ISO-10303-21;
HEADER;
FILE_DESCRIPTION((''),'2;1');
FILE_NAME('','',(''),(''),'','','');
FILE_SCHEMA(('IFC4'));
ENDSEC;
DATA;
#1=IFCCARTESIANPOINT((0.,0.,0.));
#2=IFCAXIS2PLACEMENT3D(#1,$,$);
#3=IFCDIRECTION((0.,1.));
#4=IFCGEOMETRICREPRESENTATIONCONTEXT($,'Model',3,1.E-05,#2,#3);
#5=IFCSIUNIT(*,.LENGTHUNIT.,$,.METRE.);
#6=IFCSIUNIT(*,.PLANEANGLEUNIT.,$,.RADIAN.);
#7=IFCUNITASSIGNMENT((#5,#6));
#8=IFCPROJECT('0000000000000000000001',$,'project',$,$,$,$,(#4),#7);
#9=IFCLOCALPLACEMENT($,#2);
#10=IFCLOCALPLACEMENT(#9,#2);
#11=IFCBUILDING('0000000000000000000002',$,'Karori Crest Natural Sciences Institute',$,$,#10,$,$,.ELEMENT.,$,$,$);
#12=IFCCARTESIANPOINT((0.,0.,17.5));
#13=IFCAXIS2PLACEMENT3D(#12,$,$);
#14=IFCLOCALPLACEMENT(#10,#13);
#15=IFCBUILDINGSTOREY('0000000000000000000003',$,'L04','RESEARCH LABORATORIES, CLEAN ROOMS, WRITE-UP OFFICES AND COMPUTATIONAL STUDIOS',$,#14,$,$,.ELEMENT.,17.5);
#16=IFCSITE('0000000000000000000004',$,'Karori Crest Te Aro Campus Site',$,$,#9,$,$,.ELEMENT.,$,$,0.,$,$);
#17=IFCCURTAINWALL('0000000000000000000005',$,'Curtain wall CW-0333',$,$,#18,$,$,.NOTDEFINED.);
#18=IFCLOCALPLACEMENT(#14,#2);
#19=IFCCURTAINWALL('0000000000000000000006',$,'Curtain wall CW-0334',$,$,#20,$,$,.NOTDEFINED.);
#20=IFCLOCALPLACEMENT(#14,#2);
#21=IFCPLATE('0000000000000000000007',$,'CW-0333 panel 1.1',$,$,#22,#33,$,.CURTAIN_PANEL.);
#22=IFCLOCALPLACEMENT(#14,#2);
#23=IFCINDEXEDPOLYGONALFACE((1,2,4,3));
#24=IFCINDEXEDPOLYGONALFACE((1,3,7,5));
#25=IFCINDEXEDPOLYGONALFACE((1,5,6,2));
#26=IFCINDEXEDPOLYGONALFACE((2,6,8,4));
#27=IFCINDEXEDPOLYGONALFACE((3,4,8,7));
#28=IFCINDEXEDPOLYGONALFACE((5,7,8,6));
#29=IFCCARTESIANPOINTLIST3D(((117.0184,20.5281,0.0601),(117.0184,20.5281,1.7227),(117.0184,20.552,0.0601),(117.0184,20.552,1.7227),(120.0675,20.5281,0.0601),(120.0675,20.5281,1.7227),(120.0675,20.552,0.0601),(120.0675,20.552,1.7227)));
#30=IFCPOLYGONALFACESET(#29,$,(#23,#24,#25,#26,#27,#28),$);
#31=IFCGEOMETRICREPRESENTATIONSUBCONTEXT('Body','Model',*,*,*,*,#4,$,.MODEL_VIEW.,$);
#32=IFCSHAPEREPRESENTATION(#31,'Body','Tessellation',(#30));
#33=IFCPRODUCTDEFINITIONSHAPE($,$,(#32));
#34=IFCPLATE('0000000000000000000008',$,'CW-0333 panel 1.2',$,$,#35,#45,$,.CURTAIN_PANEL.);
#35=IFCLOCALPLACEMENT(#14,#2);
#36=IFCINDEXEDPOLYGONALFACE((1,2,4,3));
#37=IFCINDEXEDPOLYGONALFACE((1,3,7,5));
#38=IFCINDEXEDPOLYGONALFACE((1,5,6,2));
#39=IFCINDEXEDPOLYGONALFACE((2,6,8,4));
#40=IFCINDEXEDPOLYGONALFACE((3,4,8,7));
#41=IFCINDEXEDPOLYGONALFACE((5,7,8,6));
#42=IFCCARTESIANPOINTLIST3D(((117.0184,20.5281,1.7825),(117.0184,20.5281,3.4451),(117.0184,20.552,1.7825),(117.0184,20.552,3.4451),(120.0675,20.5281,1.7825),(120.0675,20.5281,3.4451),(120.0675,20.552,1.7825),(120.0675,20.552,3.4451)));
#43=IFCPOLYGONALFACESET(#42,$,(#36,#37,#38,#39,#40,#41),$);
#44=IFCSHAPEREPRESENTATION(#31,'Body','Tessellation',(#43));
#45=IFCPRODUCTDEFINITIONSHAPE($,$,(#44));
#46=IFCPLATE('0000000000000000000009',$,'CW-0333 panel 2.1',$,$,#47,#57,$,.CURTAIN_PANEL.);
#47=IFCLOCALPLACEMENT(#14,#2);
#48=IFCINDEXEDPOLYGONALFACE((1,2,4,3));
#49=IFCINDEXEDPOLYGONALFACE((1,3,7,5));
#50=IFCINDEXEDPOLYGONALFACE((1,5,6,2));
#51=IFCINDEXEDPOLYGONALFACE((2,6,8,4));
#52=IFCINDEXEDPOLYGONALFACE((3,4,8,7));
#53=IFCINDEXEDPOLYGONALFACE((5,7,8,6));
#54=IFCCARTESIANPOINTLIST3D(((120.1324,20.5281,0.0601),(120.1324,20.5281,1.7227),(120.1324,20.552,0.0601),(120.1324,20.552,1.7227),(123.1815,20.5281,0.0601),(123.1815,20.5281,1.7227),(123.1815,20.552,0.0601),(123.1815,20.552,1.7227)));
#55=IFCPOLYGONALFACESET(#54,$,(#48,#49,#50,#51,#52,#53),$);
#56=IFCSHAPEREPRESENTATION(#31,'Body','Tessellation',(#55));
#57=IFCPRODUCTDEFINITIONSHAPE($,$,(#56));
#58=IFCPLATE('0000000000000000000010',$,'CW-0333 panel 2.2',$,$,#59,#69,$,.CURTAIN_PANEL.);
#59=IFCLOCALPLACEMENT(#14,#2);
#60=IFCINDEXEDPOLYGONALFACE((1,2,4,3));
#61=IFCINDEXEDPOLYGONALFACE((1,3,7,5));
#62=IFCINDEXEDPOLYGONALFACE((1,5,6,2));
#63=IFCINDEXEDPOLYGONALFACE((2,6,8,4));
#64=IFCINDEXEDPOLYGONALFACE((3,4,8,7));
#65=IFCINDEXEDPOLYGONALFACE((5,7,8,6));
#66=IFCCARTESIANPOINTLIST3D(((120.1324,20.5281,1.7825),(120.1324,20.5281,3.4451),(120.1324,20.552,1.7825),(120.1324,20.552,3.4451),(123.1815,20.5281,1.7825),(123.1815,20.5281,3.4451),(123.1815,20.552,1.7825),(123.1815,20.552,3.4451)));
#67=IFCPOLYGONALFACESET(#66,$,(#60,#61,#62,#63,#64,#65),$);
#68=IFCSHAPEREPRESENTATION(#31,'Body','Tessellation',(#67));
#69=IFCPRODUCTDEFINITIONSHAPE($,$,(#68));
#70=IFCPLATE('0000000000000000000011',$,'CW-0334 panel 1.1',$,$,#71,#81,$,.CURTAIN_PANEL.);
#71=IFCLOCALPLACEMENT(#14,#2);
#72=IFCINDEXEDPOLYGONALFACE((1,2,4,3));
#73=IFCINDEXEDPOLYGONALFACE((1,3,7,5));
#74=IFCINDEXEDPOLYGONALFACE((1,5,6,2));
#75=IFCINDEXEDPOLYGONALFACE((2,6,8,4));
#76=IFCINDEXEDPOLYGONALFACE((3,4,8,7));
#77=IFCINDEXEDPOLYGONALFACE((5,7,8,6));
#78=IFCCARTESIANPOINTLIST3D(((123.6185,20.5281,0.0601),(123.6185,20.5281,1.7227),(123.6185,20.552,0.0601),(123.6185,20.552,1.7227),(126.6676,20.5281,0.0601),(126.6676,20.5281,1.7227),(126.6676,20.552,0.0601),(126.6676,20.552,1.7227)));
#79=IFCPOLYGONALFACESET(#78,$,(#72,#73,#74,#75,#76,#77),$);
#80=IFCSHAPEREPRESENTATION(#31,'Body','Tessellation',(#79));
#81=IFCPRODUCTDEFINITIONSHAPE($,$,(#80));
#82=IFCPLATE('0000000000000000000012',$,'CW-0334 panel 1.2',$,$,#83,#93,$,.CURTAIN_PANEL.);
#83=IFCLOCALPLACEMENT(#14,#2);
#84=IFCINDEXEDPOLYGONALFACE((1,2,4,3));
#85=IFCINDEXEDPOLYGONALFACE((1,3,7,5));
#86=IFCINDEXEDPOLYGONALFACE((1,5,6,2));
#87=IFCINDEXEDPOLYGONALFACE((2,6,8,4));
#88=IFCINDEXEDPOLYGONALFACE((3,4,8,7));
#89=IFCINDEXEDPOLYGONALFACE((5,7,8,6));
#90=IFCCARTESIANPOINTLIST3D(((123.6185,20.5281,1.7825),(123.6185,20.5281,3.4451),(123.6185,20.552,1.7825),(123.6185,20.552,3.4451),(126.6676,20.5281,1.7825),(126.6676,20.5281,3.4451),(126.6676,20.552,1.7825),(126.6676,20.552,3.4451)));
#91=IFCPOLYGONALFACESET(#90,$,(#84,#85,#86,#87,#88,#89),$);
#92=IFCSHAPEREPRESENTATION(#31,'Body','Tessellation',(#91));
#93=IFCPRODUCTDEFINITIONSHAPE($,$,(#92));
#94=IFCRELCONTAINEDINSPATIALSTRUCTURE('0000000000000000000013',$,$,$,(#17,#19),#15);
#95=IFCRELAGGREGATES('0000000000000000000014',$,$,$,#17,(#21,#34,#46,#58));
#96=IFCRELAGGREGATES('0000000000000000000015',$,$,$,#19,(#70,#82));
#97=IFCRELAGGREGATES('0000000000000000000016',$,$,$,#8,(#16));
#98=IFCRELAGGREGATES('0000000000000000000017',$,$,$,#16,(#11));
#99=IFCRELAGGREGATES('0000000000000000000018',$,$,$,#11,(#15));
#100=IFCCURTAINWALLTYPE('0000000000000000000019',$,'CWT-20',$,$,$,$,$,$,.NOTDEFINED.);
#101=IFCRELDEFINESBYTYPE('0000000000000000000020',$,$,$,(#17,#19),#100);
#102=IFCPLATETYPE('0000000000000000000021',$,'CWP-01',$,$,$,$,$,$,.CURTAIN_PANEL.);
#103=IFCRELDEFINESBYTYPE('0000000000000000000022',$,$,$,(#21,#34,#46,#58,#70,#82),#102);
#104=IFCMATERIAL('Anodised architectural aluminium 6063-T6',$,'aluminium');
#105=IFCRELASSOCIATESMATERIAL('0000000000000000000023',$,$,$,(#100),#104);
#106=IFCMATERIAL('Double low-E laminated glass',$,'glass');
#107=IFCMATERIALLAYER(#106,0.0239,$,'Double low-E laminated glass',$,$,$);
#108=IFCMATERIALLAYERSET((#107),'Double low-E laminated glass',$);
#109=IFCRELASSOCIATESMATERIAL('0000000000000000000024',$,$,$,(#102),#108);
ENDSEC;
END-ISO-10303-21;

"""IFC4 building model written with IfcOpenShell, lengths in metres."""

from ifc_helpers import new_model, si_unit, direction, frame, origin, origin_2d, place, context, subcontext, project, spatial, rectangle, extrude, material, layer, layer_set, type_object, element, aggregate, save


model = new_model("IFC4")

# Units and contexts
model_context = context("Model", 3, precision=1e-05, world=origin(), true_north=direction((0.0, 1.0)))
body_context = subcontext(model_context, "Body", "Model", "MODEL_VIEW")
ifc_project = project(units=[si_unit("LENGTHUNIT", "METRE"), si_unit("PLANEANGLEUNIT", "RADIAN")], contexts=[model_context])

# Site, building, storey
site_placement = place(None, origin())
site = spatial("IfcSite", under=ifc_project, at=site_placement, Name="Karori Crest Te Aro Campus Site", CompositionType="ELEMENT", RefElevation=0.0)
building_placement = place(site_placement, origin())
building = spatial("IfcBuilding", under=site, at=building_placement, Name="Karori Crest Natural Sciences Institute", CompositionType="ELEMENT")
storey_placement = place(building_placement, frame((0.0, 0.0, 17.5)))
storey = spatial("IfcBuildingStorey", under=building, at=storey_placement, Name="L04", Description="RESEARCH LABORATORIES, CLEAN ROOMS, WRITE-UP OFFICES AND COMPUTATIONAL STUDIOS", CompositionType="ELEMENT", Elevation=17.5)

# Shared definitions
ifc_material_1 = material(Name="Anodised architectural aluminium 6063-T6", Category="aluminium")
curtain_wall_type = type_object("IfcCurtainWallType", Name="CWT-20", PredefinedType="NOTDEFINED", material=ifc_material_1)

# Curtain walls
curtain_wall_1_placement = place(storey_placement, origin())
curtain_wall_1 = element("IfcCurtainWall", 1, at=curtain_wall_1_placement, inside=storey, type_object=curtain_wall_type, Name="Curtain wall CW-0333", PredefinedType="NOTDEFINED")
curtain_wall_2_placement = place(storey_placement, origin())
curtain_wall_2 = element("IfcCurtainWall", 2, at=curtain_wall_2_placement, inside=storey, type_object=curtain_wall_type, Name="Curtain wall CW-0334", PredefinedType="NOTDEFINED")

# Plates
ifc_material_2 = material(Name="Double low-E laminated glass", Category="glass")
ifc_layer = layer(ifc_material_2, 0.0239, Name="Double low-E laminated glass")
ifc_layer_set = layer_set([ifc_layer], Name="Double low-E laminated glass")
plate_type = type_object("IfcPlateType", Name="CWP-01", PredefinedType="CURTAIN_PANEL", material=ifc_layer_set)
plate_1_placement = place(storey_placement, frame((118.543, 20.54, 0.0601), z_axis=(0.0, 0.0, 1.0), x_axis=(1.0, 0.0, 0.0)))
plate_1 = element("IfcPlate", 3, at=plate_1_placement, type_object=plate_type, Name="CW-0333 panel 1.1", PredefinedType="CURTAIN_PANEL", context=body_context, shape_type="SweptSolid", body=[
    extrude(rectangle(XDim=3.0491, YDim=0.0239, at=origin_2d()), origin(), (0.0, 0.0, 1.0), 1.6626),
])
plate_2_placement = place(storey_placement, frame((118.543, 20.54, 1.7825), z_axis=(0.0, 0.0, 1.0), x_axis=(1.0, 0.0, 0.0)))
plate_2 = element("IfcPlate", 4, at=plate_2_placement, type_object=plate_type, Name="CW-0333 panel 1.2", PredefinedType="CURTAIN_PANEL", context=body_context, shape_type="SweptSolid", body=[
    extrude(rectangle(XDim=3.0491, YDim=0.0239, at=origin_2d()), origin(), (0.0, 0.0, 1.0), 1.6626),
])
plate_3_placement = place(storey_placement, frame((121.657, 20.54, 0.0601), z_axis=(0.0, 0.0, 1.0), x_axis=(1.0, 0.0, 0.0)))
plate_3 = element("IfcPlate", 5, at=plate_3_placement, type_object=plate_type, Name="CW-0333 panel 2.1", PredefinedType="CURTAIN_PANEL", context=body_context, shape_type="SweptSolid", body=[
    extrude(rectangle(XDim=3.0491, YDim=0.0239, at=origin_2d()), origin(), (0.0, 0.0, 1.0), 1.6626),
])
plate_4_placement = place(storey_placement, frame((121.657, 20.54, 1.7825), z_axis=(0.0, 0.0, 1.0), x_axis=(1.0, 0.0, 0.0)))
plate_4 = element("IfcPlate", 6, at=plate_4_placement, type_object=plate_type, Name="CW-0333 panel 2.2", PredefinedType="CURTAIN_PANEL", context=body_context, shape_type="SweptSolid", body=[
    extrude(rectangle(XDim=3.0491, YDim=0.0239, at=origin_2d()), origin(), (0.0, 0.0, 1.0), 1.6626),
])
aggregate(curtain_wall_1, [plate_1, plate_2, plate_3, plate_4])
plate_5_placement = place(storey_placement, frame((125.1431, 20.54, 0.0601), z_axis=(0.0, 0.0, 1.0), x_axis=(1.0, 0.0, 0.0)))
plate_5 = element("IfcPlate", 7, at=plate_5_placement, type_object=plate_type, Name="CW-0334 panel 1.1", PredefinedType="CURTAIN_PANEL", context=body_context, shape_type="SweptSolid", body=[
    extrude(rectangle(XDim=3.0491, YDim=0.0239, at=origin_2d()), origin(), (0.0, 0.0, 1.0), 1.6626),
])
plate_6_placement = place(storey_placement, frame((125.1431, 20.54, 1.7825), z_axis=(0.0, 0.0, 1.0), x_axis=(1.0, 0.0, 0.0)))
plate_6 = element("IfcPlate", 8, at=plate_6_placement, type_object=plate_type, Name="CW-0334 panel 1.2", PredefinedType="CURTAIN_PANEL", context=body_context, shape_type="SweptSolid", body=[
    extrude(rectangle(XDim=3.0491, YDim=0.0239, at=origin_2d()), origin(), (0.0, 0.0, 1.0), 1.6626),
])
aggregate(curtain_wall_2, [plate_5, plate_6])

save(model, "model.ifc")
